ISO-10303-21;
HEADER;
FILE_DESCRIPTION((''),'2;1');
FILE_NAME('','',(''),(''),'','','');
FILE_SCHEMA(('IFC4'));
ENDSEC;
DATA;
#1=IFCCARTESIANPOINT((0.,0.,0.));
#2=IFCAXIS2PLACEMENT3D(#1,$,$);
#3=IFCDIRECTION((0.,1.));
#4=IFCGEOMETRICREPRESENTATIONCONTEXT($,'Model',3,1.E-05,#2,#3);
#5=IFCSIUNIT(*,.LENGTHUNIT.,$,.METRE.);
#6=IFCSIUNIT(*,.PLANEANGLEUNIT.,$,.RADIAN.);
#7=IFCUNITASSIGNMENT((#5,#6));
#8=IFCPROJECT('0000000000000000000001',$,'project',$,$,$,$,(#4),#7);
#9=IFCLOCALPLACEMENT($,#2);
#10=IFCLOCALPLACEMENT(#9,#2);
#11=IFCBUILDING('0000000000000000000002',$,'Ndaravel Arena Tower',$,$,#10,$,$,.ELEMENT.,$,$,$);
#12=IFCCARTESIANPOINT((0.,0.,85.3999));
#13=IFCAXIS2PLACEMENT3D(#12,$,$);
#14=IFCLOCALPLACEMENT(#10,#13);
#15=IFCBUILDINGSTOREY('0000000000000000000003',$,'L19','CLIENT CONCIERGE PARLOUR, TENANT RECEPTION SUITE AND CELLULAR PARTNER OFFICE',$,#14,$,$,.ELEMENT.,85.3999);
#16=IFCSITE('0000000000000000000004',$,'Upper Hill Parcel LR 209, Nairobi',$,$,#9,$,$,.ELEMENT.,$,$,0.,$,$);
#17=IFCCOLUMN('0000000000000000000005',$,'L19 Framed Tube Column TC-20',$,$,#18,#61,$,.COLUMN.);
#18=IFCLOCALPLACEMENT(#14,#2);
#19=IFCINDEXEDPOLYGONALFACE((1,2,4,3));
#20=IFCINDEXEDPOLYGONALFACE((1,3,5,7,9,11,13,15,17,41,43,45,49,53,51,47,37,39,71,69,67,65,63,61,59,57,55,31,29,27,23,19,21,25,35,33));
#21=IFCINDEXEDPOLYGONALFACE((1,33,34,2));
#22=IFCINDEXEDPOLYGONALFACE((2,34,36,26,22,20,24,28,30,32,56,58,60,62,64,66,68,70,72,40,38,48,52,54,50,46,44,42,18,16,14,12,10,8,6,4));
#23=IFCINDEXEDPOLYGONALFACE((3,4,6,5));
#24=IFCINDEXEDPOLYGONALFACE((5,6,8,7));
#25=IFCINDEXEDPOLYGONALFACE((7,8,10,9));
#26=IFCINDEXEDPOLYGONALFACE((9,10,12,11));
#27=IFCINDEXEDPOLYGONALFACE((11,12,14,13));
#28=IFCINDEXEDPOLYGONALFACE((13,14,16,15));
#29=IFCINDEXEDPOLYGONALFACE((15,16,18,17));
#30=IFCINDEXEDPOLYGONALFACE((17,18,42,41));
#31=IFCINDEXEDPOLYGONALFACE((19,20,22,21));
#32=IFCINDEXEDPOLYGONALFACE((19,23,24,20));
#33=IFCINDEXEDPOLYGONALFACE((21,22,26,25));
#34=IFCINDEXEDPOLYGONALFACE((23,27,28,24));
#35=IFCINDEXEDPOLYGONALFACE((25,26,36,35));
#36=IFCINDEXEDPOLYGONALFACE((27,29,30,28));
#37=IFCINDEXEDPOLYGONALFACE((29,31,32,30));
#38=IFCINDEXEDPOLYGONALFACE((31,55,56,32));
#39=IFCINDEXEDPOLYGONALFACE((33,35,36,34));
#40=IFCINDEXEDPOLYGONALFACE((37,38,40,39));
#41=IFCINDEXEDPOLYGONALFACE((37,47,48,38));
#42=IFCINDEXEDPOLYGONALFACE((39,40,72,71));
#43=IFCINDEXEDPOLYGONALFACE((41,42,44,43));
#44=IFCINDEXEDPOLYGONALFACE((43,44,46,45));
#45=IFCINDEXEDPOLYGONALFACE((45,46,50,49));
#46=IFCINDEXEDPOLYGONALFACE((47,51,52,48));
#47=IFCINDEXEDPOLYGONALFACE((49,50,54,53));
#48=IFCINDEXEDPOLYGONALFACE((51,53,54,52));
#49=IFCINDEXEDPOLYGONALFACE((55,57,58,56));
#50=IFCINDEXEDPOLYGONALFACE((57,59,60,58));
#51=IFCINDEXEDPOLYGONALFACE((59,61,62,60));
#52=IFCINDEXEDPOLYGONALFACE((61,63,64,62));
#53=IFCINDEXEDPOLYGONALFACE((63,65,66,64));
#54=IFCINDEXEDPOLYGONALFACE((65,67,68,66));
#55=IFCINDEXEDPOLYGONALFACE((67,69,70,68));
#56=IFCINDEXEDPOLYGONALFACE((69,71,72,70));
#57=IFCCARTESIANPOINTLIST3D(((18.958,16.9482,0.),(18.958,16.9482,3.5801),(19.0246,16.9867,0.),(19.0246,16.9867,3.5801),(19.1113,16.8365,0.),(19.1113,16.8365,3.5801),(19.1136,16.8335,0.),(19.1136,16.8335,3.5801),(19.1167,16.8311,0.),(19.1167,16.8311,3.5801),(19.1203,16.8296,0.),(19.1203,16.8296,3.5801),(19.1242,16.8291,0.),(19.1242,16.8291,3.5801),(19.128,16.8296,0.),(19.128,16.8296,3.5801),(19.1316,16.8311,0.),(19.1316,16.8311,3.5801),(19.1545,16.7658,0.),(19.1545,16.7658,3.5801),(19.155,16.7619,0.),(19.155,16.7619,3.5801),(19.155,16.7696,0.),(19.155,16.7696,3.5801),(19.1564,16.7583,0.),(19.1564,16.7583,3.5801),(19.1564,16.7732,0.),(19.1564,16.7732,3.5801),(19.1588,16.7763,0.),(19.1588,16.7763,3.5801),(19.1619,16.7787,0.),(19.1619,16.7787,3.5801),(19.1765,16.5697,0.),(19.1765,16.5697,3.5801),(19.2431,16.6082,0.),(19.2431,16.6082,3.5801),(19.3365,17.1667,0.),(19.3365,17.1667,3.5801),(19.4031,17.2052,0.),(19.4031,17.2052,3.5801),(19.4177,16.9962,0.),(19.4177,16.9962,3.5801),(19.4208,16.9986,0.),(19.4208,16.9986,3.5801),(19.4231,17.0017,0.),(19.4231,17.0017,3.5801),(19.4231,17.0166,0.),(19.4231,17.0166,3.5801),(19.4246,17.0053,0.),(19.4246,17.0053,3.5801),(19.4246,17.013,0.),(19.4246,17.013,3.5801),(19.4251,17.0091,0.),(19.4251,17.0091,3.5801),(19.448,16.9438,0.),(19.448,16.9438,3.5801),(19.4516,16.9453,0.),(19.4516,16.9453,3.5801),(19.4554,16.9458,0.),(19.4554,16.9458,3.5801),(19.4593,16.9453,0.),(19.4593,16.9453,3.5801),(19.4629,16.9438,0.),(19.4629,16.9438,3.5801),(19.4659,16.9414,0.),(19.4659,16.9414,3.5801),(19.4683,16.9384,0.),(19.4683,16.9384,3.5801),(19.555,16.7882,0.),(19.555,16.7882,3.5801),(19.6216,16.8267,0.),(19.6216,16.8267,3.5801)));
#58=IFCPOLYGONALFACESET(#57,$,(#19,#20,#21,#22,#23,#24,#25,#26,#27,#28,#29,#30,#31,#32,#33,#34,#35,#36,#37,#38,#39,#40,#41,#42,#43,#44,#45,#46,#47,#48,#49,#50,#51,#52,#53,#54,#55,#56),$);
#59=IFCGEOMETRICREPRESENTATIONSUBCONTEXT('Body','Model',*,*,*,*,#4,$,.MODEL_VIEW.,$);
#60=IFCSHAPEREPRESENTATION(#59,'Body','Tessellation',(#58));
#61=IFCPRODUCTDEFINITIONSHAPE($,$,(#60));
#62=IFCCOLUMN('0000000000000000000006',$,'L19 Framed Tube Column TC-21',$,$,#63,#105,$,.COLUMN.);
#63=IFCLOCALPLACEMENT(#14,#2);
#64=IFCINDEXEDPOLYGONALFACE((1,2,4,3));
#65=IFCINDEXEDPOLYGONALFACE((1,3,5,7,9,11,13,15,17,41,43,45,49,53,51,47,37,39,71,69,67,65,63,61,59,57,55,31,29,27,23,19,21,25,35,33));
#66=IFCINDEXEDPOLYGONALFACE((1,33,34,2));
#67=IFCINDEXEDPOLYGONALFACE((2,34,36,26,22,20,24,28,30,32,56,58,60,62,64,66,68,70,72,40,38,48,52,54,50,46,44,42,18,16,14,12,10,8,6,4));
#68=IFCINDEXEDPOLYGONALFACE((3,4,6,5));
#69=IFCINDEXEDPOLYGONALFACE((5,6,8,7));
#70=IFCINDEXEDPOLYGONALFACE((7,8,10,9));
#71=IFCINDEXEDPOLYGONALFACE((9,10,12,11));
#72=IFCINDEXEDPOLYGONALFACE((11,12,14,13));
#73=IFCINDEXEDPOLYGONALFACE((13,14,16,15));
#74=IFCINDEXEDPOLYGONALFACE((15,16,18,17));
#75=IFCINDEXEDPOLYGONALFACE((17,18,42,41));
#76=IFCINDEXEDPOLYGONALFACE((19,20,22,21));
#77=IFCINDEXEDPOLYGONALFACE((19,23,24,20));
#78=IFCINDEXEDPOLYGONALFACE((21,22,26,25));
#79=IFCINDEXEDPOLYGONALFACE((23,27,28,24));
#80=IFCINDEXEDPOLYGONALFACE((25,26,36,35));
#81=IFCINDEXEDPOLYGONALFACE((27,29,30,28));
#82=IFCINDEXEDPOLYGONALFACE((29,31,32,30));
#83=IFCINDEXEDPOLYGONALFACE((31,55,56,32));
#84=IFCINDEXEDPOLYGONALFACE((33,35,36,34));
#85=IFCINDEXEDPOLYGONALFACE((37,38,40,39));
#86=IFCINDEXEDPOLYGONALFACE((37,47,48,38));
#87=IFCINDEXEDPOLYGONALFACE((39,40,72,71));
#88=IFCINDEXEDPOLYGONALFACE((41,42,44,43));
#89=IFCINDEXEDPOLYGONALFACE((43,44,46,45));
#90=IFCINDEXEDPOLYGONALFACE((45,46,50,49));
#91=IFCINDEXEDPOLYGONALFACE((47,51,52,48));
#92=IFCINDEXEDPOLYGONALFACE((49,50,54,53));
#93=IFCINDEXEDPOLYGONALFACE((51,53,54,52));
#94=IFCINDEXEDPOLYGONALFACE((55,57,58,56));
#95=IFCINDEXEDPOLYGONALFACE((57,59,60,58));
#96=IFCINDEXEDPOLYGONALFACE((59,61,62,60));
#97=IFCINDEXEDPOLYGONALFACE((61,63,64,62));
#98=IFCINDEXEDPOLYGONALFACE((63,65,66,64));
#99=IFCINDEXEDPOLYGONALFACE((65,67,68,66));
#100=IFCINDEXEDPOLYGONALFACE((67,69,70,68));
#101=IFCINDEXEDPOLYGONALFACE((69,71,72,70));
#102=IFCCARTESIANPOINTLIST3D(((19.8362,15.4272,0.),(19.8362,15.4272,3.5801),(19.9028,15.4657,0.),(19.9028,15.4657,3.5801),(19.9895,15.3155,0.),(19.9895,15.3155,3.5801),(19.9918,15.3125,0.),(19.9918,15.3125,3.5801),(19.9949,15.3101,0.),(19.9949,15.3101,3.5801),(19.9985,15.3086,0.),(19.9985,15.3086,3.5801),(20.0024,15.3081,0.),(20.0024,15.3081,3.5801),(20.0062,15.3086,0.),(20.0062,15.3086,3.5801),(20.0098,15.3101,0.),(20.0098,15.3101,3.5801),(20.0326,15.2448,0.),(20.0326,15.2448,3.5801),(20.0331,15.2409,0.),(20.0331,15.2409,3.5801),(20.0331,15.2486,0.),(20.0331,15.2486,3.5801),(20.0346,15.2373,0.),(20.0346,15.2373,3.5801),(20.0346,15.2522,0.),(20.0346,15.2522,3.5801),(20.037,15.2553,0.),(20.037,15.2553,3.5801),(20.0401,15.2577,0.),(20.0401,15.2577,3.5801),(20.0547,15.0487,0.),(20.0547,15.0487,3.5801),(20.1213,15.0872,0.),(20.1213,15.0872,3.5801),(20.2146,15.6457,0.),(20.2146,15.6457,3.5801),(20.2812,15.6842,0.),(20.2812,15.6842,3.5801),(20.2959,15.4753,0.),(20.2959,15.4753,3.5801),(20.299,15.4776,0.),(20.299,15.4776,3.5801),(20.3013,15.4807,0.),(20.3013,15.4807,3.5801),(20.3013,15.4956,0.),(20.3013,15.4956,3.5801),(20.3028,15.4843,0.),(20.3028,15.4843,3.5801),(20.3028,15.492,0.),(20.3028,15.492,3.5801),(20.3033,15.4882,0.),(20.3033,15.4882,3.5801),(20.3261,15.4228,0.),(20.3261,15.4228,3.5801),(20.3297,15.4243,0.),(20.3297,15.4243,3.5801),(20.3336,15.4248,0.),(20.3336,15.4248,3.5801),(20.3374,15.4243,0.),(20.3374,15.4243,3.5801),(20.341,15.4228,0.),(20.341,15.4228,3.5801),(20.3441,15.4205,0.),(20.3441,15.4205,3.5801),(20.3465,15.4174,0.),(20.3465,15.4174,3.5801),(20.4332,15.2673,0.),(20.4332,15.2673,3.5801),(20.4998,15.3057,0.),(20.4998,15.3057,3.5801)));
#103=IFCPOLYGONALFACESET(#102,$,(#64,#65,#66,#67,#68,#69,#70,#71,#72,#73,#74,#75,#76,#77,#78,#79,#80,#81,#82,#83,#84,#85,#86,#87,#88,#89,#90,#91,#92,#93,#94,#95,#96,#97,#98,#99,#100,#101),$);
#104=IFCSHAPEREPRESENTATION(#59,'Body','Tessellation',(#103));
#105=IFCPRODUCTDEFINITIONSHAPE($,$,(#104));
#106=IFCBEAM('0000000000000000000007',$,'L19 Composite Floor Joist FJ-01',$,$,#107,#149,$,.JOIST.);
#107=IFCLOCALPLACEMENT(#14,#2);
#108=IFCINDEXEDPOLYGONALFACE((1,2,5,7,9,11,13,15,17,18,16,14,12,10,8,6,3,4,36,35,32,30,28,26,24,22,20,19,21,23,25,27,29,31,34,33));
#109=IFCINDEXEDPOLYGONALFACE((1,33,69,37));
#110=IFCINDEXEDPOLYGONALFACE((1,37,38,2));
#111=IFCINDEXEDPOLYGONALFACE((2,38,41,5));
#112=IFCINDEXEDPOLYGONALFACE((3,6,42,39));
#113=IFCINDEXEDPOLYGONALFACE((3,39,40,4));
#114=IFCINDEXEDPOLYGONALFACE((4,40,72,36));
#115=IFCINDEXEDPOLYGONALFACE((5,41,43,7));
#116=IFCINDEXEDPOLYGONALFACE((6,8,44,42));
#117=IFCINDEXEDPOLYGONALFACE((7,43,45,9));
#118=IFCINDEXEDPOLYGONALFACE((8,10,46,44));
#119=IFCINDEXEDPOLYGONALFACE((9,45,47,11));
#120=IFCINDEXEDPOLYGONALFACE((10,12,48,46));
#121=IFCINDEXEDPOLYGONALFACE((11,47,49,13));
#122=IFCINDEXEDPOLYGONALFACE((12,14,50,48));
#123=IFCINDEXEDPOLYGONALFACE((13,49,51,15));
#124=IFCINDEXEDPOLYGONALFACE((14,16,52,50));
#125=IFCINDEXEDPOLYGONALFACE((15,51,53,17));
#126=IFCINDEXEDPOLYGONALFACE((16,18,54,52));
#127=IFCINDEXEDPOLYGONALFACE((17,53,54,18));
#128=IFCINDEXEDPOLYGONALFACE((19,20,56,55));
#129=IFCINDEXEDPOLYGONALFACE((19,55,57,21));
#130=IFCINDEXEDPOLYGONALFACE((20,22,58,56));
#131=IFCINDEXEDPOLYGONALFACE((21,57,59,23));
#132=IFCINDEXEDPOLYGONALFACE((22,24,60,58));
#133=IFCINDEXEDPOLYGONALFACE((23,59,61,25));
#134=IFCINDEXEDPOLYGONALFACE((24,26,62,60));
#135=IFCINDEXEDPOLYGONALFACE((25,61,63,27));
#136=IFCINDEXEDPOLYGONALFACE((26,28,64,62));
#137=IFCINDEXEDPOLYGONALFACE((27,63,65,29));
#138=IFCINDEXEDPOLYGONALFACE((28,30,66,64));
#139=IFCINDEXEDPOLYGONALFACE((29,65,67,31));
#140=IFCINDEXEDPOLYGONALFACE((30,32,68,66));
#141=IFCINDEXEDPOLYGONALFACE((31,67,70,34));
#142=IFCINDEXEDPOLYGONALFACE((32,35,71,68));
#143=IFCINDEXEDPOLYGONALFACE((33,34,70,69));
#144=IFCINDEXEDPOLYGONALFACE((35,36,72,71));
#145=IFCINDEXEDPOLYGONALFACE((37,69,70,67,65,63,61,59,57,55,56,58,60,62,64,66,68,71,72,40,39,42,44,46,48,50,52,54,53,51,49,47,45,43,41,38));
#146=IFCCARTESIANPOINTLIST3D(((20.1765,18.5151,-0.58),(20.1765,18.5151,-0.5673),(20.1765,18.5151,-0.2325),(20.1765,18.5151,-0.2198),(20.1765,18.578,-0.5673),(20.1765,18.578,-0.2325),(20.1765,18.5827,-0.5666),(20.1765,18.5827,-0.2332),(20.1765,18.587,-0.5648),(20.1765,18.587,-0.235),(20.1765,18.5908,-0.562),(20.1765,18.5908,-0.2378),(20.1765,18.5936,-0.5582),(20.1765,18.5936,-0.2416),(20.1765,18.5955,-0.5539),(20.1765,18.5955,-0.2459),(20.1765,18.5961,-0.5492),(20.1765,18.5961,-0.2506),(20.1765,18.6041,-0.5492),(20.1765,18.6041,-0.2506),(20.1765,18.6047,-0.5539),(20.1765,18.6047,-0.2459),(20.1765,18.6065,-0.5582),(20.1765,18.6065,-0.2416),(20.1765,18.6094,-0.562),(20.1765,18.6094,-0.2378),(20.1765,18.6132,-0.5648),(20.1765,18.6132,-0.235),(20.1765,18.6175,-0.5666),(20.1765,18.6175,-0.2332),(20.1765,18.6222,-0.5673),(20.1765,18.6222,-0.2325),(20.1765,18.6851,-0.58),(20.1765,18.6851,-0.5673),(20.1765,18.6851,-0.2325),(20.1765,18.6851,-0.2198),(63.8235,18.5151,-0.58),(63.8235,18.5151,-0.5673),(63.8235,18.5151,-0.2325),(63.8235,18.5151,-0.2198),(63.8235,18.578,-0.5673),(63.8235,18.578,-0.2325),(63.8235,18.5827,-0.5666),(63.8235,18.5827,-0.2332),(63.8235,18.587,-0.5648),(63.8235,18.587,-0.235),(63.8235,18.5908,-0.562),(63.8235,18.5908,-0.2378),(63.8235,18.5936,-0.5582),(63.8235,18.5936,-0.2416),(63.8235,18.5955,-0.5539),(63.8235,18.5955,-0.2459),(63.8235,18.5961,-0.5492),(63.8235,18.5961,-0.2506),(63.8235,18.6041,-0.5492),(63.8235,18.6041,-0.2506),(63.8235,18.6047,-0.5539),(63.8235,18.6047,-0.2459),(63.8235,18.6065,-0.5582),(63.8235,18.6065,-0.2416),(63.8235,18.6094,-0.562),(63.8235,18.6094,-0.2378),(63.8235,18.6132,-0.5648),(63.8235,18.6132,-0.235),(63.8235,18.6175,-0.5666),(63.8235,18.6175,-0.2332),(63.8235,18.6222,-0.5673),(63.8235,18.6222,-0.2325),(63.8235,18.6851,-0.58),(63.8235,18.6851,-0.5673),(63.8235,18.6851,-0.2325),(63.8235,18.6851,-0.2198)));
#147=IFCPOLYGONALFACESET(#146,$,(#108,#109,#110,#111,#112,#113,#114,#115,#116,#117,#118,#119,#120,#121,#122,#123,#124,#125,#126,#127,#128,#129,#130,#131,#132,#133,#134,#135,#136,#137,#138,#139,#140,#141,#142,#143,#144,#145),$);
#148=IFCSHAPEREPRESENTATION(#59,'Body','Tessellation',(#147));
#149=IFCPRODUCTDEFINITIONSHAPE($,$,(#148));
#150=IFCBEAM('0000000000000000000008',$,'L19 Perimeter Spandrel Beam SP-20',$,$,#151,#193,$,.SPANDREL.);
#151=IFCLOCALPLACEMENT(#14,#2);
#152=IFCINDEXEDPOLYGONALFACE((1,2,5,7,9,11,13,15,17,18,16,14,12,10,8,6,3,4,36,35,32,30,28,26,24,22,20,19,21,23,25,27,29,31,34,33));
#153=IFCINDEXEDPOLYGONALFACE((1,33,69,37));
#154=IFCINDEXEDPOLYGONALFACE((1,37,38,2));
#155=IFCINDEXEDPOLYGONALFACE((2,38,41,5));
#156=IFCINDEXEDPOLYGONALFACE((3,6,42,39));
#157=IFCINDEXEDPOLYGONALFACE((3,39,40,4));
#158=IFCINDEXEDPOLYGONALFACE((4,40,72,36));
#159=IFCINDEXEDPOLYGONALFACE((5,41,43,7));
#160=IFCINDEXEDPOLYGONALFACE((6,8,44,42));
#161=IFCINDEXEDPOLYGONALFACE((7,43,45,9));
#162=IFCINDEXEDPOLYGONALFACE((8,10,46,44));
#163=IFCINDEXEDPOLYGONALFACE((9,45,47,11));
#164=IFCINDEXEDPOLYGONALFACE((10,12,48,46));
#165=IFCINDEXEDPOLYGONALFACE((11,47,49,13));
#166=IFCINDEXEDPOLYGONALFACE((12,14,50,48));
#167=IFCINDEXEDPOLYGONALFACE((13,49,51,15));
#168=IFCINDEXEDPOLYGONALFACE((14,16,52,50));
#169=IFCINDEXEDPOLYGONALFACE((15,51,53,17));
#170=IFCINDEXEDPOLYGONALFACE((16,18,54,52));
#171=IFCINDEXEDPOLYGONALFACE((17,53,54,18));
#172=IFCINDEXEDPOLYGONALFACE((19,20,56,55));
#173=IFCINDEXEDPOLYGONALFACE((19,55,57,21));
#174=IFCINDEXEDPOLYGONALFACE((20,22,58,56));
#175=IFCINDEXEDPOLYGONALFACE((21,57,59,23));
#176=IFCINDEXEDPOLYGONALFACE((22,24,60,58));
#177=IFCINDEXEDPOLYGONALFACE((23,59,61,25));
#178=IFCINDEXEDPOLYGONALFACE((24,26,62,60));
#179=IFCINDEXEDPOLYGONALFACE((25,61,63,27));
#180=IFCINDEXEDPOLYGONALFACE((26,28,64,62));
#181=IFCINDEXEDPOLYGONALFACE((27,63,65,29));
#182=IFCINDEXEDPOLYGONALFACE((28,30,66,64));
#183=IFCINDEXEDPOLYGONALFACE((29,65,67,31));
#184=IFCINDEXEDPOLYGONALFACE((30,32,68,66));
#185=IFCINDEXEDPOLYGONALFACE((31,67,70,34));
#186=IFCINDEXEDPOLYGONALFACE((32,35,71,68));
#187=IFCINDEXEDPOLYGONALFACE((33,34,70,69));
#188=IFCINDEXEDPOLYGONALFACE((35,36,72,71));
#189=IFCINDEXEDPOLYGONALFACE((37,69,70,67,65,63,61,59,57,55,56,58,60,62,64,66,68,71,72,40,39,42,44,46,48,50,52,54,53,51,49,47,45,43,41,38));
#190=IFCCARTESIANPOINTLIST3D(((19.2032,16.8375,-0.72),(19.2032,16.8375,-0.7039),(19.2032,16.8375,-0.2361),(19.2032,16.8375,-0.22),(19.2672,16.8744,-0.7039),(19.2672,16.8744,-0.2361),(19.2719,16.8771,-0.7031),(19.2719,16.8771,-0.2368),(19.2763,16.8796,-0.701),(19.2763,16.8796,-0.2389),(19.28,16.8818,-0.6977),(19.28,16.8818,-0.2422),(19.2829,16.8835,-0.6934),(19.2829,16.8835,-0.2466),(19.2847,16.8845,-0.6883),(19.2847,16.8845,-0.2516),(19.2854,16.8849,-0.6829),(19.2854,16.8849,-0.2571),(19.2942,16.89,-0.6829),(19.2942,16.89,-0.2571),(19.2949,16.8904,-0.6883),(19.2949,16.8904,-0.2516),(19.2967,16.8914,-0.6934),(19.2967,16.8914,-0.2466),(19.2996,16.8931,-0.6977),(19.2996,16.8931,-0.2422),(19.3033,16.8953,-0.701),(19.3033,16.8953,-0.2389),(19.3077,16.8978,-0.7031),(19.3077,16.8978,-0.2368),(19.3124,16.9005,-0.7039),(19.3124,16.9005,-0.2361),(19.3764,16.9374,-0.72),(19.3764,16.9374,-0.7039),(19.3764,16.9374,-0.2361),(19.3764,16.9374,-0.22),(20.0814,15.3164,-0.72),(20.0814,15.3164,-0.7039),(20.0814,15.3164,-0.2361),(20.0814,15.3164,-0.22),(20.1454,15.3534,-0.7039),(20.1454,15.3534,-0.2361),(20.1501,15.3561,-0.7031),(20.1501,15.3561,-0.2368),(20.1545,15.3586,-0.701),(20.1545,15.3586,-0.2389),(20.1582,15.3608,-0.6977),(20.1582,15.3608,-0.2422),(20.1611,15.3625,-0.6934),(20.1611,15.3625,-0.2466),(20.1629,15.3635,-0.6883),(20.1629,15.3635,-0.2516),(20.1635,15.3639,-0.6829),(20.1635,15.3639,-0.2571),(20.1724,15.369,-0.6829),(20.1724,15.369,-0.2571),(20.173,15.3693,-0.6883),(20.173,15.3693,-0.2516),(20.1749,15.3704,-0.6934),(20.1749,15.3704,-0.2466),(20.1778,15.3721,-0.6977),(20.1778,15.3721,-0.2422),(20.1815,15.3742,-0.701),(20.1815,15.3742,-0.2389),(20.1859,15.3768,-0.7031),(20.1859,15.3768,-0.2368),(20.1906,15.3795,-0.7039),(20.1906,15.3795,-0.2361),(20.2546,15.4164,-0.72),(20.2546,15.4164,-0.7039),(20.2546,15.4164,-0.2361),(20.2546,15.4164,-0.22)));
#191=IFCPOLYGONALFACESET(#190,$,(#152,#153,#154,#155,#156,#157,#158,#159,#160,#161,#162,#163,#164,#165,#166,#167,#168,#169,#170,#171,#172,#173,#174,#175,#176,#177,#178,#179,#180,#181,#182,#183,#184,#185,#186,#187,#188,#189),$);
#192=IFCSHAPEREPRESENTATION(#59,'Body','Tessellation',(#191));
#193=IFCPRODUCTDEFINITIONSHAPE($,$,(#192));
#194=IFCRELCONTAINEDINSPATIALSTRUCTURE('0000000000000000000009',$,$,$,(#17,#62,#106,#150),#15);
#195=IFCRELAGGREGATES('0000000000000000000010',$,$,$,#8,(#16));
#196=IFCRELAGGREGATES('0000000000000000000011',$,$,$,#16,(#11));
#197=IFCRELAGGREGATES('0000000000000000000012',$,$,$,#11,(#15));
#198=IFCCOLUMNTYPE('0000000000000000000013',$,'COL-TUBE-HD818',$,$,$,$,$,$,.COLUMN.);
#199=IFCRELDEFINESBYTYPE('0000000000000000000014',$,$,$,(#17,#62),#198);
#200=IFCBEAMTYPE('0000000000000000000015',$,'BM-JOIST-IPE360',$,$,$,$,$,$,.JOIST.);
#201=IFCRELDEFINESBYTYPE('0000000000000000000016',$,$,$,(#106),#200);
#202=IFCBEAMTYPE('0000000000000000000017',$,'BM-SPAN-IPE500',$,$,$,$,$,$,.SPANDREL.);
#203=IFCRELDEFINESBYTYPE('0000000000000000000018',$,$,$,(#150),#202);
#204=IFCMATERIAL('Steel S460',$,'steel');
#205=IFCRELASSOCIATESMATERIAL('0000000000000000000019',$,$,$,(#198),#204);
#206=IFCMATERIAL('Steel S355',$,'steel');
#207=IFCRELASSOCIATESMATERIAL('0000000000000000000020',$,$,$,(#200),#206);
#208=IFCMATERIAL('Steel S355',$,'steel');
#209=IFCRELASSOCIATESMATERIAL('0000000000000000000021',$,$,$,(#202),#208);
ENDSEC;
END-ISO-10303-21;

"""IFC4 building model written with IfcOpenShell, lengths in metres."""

from ifc_helpers import new_model, si_unit, direction, frame, origin, origin_2d, place, context, subcontext, project, spatial, i_section, extrude, material, material_profile, profile_set, type_object, element, save


model = new_model("IFC4")

# Units and contexts
model_context = context("Model", 3, precision=1e-05, world=origin(), true_north=direction((0.0, 1.0)))
body_context = subcontext(model_context, "Body", "Model", "MODEL_VIEW")
ifc_project = project(units=[si_unit("LENGTHUNIT", "METRE"), si_unit("PLANEANGLEUNIT", "RADIAN")], contexts=[model_context])

# Site, building, storey
site_placement = place(None, origin())
site = spatial("IfcSite", under=ifc_project, at=site_placement, Name="Upper Hill Parcel LR 209, Nairobi", CompositionType="ELEMENT", RefElevation=0.0)
building_placement = place(site_placement, origin())
building = spatial("IfcBuilding", under=site, at=building_placement, Name="Ndaravel Arena Tower", CompositionType="ELEMENT")
storey_placement = place(building_placement, frame((0.0, 0.0, 85.3999)))
storey = spatial("IfcBuildingStorey", under=building, at=storey_placement, Name="L19", Description="CLIENT CONCIERGE PARLOUR, TENANT RECEPTION SUITE AND CELLULAR PARTNER OFFICE", CompositionType="ELEMENT", Elevation=85.3999)

# Columns
ifc_material_1 = material(Name="Steel S460", Category="steel")
ifc_material_profile_1 = material_profile(ifc_material_1, i_section(OverallWidth=0.437, OverallDepth=0.5139, WebThickness=0.0605, FlangeThickness=0.0769, FilletRadius=0.0149, at=origin_2d()), Name="HD 400x818")
ifc_profile_set_1 = profile_set([ifc_material_profile_1], Name="Steel S460")
column_type = type_object("IfcColumnType", Name="COL-TUBE-HD818", PredefinedType="COLUMN", material=ifc_profile_set_1)
for number, where, z_axis, x_axis, name in (
    (1, (19.2898, 16.8875, 0.0), (0.0, 0.0, 1.0), (-0.5, 0.866025, 0.0), "L19 Framed Tube Column TC-20"),
    (2, (20.168, 15.3665, 0.0), (0.0, 0.0, 1.0), (-0.5, 0.866025, 0.0), "L19 Framed Tube Column TC-21"),
):
    element("IfcColumn", number, at=place(storey_placement, frame(where, z_axis=z_axis, x_axis=x_axis)), inside=storey, type_object=column_type, Name=name, PredefinedType="COLUMN", context=body_context, shape_type="SweptSolid", body=[
        extrude(i_section(OverallWidth=0.437, OverallDepth=0.5139, WebThickness=0.0605, FlangeThickness=0.0769, FilletRadius=0.0149, at=origin_2d()), origin(), (0.0, 0.0, 1.0), 3.5801),
    ])

# Beams
ifc_material_2 = material(Name="Steel S355", Category="steel")
ifc_material_profile_2 = material_profile(ifc_material_2, i_section(OverallWidth=0.1699, OverallDepth=0.3601, WebThickness=0.0081, FlangeThickness=0.0127, FilletRadius=0.0181, at=origin_2d()), Name="IPE 360")
ifc_profile_set_2 = profile_set([ifc_material_profile_2], Name="Steel S355")
beam_type_1 = type_object("IfcBeamType", Name="BM-JOIST-IPE360", PredefinedType="JOIST", material=ifc_profile_set_2)
beam_1_placement = place(storey_placement, frame((20.1765, 18.6001, -0.3999), z_axis=(1.0, 0.0, 0.0), x_axis=(0.0, 1.0, 0.0)))
element("IfcBeam", 3, at=beam_1_placement, inside=storey, type_object=beam_type_1, Name="L19 Composite Floor Joist FJ-01", PredefinedType="JOIST", context=body_context, shape_type="SweptSolid", body=[
    extrude(i_section(OverallWidth=0.1699, OverallDepth=0.3601, WebThickness=0.0081, FlangeThickness=0.0127, FilletRadius=0.0181, at=origin_2d()), origin(), (0.0, 0.0, 1.0), 43.647),
])
ifc_material_3 = material(Name="Steel S355", Category="steel")
ifc_material_profile_3 = material_profile(ifc_material_3, i_section(OverallWidth=0.2, OverallDepth=0.5, WebThickness=0.0103, FlangeThickness=0.0161, FilletRadius=0.021, at=origin_2d()), Name="IPE 500")
ifc_profile_set_3 = profile_set([ifc_material_profile_3], Name="Steel S355")
beam_type_2 = type_object("IfcBeamType", Name="BM-SPAN-IPE500", PredefinedType="SPANDREL", material=ifc_profile_set_3)
beam_2_placement = place(storey_placement, frame((19.2898, 16.8875, -0.47), z_axis=(0.500011, -0.866019, 0.0), x_axis=(0.866019, 0.500011, 0.0)))
element("IfcBeam", 4, at=beam_2_placement, inside=storey, type_object=beam_type_2, Name="L19 Perimeter Spandrel Beam SP-20", PredefinedType="SPANDREL", context=body_context, shape_type="SweptSolid", body=[
    extrude(i_section(OverallWidth=0.2, OverallDepth=0.5, WebThickness=0.0103, FlangeThickness=0.0161, FilletRadius=0.021, at=origin_2d()), origin(), (0.0, 0.0, 1.0), 1.7563),
])

save(model, "model.ifc")
